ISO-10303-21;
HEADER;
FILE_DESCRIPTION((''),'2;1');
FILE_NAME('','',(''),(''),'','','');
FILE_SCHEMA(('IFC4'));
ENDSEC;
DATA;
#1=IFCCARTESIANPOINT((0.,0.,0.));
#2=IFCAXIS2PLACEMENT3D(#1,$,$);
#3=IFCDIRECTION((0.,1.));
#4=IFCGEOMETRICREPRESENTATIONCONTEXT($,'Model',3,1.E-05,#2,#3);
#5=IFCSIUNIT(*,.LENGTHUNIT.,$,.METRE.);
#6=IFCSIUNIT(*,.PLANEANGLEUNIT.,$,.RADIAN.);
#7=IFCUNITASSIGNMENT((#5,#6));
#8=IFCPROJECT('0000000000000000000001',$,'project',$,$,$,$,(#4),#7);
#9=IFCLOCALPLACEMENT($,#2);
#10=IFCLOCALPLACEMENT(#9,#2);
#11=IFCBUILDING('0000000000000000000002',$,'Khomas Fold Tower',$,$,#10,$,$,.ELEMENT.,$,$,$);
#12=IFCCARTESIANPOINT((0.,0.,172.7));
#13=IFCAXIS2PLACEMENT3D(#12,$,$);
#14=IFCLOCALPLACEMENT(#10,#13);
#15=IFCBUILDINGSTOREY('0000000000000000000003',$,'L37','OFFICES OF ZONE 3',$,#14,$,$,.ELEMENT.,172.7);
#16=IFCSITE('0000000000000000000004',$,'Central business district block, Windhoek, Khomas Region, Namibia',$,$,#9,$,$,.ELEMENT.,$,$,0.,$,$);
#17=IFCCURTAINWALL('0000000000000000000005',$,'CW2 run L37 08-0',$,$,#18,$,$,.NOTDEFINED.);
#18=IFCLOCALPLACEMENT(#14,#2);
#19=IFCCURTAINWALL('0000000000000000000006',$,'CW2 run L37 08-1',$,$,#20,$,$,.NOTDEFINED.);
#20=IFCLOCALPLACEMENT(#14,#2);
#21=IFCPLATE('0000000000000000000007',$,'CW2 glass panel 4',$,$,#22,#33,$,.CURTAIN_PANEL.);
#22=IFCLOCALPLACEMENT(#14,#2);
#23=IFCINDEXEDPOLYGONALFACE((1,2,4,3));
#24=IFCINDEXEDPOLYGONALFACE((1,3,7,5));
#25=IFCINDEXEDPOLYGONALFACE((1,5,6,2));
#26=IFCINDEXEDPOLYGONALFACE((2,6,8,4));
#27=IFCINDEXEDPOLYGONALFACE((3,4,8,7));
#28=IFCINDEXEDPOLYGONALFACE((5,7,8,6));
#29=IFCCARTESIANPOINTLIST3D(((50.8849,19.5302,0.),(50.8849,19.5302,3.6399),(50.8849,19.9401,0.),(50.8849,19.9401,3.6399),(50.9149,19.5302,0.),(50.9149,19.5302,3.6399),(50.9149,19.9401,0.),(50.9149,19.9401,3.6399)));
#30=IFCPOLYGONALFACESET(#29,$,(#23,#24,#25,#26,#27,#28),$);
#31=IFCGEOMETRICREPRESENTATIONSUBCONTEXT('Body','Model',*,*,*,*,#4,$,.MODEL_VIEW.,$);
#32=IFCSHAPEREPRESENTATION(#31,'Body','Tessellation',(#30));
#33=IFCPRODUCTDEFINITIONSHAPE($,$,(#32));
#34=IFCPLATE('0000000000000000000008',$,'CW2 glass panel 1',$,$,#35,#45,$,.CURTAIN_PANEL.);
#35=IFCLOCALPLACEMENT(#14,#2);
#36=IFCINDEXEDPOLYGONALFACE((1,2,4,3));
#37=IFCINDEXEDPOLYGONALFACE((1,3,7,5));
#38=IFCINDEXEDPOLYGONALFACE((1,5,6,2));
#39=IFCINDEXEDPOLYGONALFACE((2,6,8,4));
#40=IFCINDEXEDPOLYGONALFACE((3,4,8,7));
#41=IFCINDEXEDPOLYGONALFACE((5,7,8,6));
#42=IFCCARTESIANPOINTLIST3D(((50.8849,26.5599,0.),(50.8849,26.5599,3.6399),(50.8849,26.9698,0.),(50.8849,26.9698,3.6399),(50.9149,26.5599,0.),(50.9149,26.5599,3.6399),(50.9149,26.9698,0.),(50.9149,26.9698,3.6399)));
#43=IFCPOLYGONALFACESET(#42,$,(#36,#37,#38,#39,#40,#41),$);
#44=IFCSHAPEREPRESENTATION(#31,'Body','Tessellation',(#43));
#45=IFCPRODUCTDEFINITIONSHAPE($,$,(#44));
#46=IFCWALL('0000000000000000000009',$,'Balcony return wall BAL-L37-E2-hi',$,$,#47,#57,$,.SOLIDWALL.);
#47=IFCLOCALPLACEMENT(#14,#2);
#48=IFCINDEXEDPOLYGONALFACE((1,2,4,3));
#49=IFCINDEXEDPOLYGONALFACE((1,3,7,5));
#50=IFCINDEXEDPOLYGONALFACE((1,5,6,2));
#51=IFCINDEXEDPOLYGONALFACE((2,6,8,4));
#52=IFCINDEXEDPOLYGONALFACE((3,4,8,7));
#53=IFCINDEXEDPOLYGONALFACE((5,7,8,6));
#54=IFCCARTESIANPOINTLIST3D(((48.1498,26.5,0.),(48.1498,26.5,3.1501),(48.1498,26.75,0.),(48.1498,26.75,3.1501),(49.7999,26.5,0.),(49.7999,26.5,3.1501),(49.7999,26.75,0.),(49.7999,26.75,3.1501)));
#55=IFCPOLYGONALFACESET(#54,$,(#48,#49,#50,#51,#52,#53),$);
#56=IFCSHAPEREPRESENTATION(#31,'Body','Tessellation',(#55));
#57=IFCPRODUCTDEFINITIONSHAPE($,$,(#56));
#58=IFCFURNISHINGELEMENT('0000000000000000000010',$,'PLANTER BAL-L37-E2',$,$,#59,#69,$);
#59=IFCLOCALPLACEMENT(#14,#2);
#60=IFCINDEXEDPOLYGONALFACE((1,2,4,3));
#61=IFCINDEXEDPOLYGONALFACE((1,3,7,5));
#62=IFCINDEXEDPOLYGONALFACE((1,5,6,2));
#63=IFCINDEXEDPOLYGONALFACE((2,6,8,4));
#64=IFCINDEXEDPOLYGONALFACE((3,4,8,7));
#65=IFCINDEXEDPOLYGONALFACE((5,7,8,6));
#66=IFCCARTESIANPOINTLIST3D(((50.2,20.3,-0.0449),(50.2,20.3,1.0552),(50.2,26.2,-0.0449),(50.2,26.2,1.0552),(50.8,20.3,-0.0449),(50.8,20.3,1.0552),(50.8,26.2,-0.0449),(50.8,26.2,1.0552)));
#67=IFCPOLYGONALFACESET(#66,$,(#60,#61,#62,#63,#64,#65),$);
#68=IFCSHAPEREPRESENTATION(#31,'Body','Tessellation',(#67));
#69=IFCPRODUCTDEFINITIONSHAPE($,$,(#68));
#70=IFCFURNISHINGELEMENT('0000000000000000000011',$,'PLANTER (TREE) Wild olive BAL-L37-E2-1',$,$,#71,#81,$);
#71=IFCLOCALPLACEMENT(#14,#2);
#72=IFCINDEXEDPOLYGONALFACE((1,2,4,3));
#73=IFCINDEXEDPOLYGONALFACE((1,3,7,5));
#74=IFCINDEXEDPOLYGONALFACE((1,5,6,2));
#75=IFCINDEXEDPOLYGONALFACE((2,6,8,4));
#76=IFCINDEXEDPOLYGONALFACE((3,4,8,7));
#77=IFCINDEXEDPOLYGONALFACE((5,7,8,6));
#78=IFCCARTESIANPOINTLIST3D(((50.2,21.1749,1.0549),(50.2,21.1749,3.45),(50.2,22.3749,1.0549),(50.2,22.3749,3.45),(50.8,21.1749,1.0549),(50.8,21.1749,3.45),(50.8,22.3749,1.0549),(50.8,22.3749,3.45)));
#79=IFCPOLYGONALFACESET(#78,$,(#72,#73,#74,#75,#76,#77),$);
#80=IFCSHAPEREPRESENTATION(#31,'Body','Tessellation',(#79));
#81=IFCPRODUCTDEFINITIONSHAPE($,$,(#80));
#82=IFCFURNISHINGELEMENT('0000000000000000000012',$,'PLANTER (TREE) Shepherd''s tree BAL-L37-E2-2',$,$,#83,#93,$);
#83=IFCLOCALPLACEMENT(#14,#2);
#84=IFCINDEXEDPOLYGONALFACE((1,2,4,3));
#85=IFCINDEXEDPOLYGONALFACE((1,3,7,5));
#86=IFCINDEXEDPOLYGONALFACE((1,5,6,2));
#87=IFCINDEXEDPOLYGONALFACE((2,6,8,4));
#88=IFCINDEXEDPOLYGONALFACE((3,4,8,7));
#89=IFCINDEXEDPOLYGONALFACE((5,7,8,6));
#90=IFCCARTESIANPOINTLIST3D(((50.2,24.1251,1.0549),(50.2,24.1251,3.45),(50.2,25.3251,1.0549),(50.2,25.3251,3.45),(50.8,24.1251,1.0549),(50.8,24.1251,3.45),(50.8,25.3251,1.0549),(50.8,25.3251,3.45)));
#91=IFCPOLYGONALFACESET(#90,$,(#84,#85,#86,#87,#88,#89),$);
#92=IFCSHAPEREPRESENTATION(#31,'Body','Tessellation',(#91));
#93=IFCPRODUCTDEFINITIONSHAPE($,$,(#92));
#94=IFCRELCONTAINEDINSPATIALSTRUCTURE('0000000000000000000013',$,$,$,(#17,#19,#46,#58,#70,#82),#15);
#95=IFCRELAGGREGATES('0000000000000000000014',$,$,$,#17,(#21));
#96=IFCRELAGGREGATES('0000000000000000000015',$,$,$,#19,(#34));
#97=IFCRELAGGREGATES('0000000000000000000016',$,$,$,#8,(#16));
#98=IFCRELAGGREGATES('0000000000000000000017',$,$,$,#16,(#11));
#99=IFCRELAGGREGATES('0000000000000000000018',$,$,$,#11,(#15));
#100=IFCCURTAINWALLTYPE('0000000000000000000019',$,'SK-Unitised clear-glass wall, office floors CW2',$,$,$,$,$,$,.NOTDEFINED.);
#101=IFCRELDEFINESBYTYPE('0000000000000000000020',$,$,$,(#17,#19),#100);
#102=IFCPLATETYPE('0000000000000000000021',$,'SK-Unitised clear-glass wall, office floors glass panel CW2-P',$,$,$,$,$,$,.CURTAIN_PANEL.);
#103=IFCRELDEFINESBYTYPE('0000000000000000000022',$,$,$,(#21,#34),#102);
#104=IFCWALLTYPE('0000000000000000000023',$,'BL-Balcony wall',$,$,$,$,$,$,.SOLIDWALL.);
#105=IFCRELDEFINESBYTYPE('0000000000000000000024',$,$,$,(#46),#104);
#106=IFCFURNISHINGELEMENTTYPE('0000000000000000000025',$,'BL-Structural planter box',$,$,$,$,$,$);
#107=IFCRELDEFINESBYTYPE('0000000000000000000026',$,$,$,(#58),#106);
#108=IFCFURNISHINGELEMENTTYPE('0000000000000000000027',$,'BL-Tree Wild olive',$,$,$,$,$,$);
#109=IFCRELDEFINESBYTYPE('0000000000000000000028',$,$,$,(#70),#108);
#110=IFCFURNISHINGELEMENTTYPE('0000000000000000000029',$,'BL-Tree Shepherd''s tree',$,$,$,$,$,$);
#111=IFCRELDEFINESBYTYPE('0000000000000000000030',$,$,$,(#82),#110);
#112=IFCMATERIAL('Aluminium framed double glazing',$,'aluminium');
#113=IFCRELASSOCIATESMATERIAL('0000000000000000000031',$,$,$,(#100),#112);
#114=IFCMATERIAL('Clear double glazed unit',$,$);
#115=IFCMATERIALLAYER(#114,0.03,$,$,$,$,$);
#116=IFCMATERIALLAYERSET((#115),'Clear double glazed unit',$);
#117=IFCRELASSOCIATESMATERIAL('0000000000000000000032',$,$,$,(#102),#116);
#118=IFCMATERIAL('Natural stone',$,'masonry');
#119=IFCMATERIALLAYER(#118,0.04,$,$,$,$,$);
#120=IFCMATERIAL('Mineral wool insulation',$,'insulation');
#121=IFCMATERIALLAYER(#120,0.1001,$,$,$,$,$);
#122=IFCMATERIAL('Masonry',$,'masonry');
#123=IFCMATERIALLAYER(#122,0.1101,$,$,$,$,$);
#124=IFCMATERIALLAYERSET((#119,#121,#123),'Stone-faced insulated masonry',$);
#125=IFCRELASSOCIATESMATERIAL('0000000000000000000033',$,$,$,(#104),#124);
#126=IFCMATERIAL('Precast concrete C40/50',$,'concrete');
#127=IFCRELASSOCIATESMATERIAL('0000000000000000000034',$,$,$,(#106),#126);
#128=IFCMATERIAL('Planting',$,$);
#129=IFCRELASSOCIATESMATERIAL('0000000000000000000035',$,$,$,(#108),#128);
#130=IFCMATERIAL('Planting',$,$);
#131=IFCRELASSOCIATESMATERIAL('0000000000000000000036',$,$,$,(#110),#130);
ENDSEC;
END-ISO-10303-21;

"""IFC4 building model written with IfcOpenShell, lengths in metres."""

from ifc_helpers import new_model, si_unit, direction, frame, frame_2d, origin, origin_2d, place, context, subcontext, project, spatial, rectangle, extrude, source, transform, mapped, material, layer, layer_set, type_object, element, aggregate, save


model = new_model("IFC4")

# Units and contexts
model_context = context("Model", 3, precision=1e-05, world=origin(), true_north=direction((0.0, 1.0)))
body_context = subcontext(model_context, "Body", "Model", "MODEL_VIEW")
ifc_project = project(units=[si_unit("LENGTHUNIT", "METRE"), si_unit("PLANEANGLEUNIT", "RADIAN")], contexts=[model_context])

# Site, building, storey
site_placement = place(None, origin())
site = spatial("IfcSite", under=ifc_project, at=site_placement, Name="Central business district block, Windhoek, Khomas Region, Namibia", CompositionType="ELEMENT", RefElevation=0.0)
building_placement = place(site_placement, origin())
building = spatial("IfcBuilding", under=site, at=building_placement, Name="Khomas Fold Tower", CompositionType="ELEMENT")
storey_placement = place(building_placement, frame((0.0, 0.0, 172.7)))
storey = spatial("IfcBuildingStorey", under=building, at=storey_placement, Name="L37", Description="OFFICES OF ZONE 3", CompositionType="ELEMENT", Elevation=172.7)

# Curtain wall
ifc_material_1 = material(Name="Aluminium framed double glazing", Category="aluminium")
curtain_wall_type = type_object("IfcCurtainWallType", Name="SK-Unitised clear-glass wall, office floors CW2", PredefinedType="NOTDEFINED", material=ifc_material_1)
curtain_wall_1_placement = place(storey_placement, origin())
curtain_wall_1 = element("IfcCurtainWall", 1, at=curtain_wall_1_placement, inside=storey, type_object=curtain_wall_type, Name="CW2 run L37 08-0", PredefinedType="NOTDEFINED")

# Curtain wall
curtain_wall_2_placement = place(storey_placement, origin())
curtain_wall_2 = element("IfcCurtainWall", 2, at=curtain_wall_2_placement, inside=storey, type_object=curtain_wall_type, Name="CW2 run L37 08-1", PredefinedType="NOTDEFINED")

# Plates
ifc_material_2 = material(Name="Clear double glazed unit")
ifc_layer_1 = layer(ifc_material_2, 0.03)
ifc_layer_set_1 = layer_set([ifc_layer_1], Name="Clear double glazed unit")
plate_type = type_object("IfcPlateType", Name="SK-Unitised clear-glass wall, office floors glass panel CW2-P", PredefinedType="CURTAIN_PANEL", material=ifc_layer_set_1)
shared_shape_1 = source(origin(), body_context, "Body", "SweptSolid", [
    extrude(rectangle(XDim=0.4099, YDim=0.03, at=origin_2d()), origin(), (0.0, 0.0, 1.0), 3.6399),
])
plate_1_placement = place(storey_placement, frame((50.8999, 19.7351, 0.0), z_axis=(0.0, 0.0, 1.0), x_axis=(0.0, 1.0, 0.0)))
plate_1 = element("IfcPlate", 3, at=plate_1_placement, type_object=plate_type, Name="CW2 glass panel 4", PredefinedType="CURTAIN_PANEL", context=body_context, shape_type="MappedRepresentation", body=[
    mapped(shared_shape_1, transform((0.0, 0.0, 0.0))),
])
aggregate(curtain_wall_1, [plate_1])
plate_2_placement = place(storey_placement, frame((50.8999, 26.7649, 0.0), z_axis=(0.0, 0.0, 1.0), x_axis=(0.0, 1.0, 0.0)))
plate_2 = element("IfcPlate", 4, at=plate_2_placement, type_object=plate_type, Name="CW2 glass panel 1", PredefinedType="CURTAIN_PANEL", context=body_context, shape_type="MappedRepresentation", body=[
    mapped(shared_shape_1, transform((0.0, 0.0, 0.0))),
])
aggregate(curtain_wall_2, [plate_2])

# Wall
ifc_material_3 = material(Name="Natural stone", Category="masonry")
ifc_layer_2 = layer(ifc_material_3, 0.04)
ifc_material_4 = material(Name="Mineral wool insulation", Category="insulation")
ifc_layer_3 = layer(ifc_material_4, 0.1001)
ifc_material_5 = material(Name="Masonry", Category="masonry")
ifc_layer_4 = layer(ifc_material_5, 0.1101)
ifc_layer_set_2 = layer_set([ifc_layer_2, ifc_layer_3, ifc_layer_4], Name="Stone-faced insulated masonry")
wall_type = type_object("IfcWallType", Name="BL-Balcony wall", PredefinedType="SOLIDWALL", material=ifc_layer_set_2)
shared_shape_2 = source(origin(), body_context, "Body", "SweptSolid", [
    extrude(rectangle(XDim=1.6501, YDim=0.25, at=frame_2d((0.8252, 0.0))), origin(), (0.0, 0.0, 1.0), 3.1501),
])
wall_placement = place(storey_placement, frame((49.8, 26.625, 0.0), z_axis=(0.0, 0.0, 1.0), x_axis=(-1.0, 0.0, 0.0)))
element("IfcWall", 5, at=wall_placement, inside=storey, type_object=wall_type, Name="Balcony return wall BAL-L37-E2-hi", PredefinedType="SOLIDWALL", context=body_context, shape_type="MappedRepresentation", body=[
    mapped(shared_shape_2, transform((0.0, 0.0, 0.0))),
])

# Furnishing elements
ifc_material_6 = material(Name="Precast concrete C40/50", Category="concrete")
furnishing_element_type_1 = type_object("IfcFurnishingElementType", Name="BL-Structural planter box", material=ifc_material_6)
shared_shape_3 = source(origin(), body_context, "Body", "SweptSolid", [
    extrude(rectangle(XDim=5.8999, YDim=0.6001, at=origin_2d()), origin(), (0.0, 0.0, 1.0), 1.1001),
])
furnishing_1_placement = place(storey_placement, frame((50.5, 23.25, -0.0449), z_axis=(0.0, 0.0, 1.0), x_axis=(0.0, 1.0, 0.0)))
element("IfcFurnishingElement", 6, at=furnishing_1_placement, inside=storey, type_object=furnishing_element_type_1, Name="PLANTER BAL-L37-E2", context=body_context, shape_type="MappedRepresentation", body=[
    mapped(shared_shape_3, transform((0.0, 0.0, 0.0))),
])
ifc_material_7 = material(Name="Planting")
furnishing_element_type_2 = type_object("IfcFurnishingElementType", Name="BL-Tree Wild olive", material=ifc_material_7)
shared_shape_4 = source(origin(), body_context, "Body", "SweptSolid", [
    extrude(rectangle(XDim=1.2, YDim=0.6001, at=origin_2d()), origin(), (0.0, 0.0, 1.0), 2.395),
])
furnishing_2_placement = place(storey_placement, frame((50.5, 21.7749, 1.0549), z_axis=(0.0, 0.0, 1.0), x_axis=(0.0, 1.0, 0.0)))
element("IfcFurnishingElement", 7, at=furnishing_2_placement, inside=storey, type_object=furnishing_element_type_2, Name="PLANTER (TREE) Wild olive BAL-L37-E2-1", context=body_context, shape_type="MappedRepresentation", body=[
    mapped(shared_shape_4, transform((0.0, 0.0, 0.0))),
])
ifc_material_8 = material(Name="Planting")
furnishing_element_type_3 = type_object("IfcFurnishingElementType", Name="BL-Tree Shepherd's tree", material=ifc_material_8)
furnishing_3_placement = place(storey_placement, frame((50.5, 24.7251, 1.0549), z_axis=(0.0, 0.0, 1.0), x_axis=(0.0, 1.0, 0.0)))
element("IfcFurnishingElement", 8, at=furnishing_3_placement, inside=storey, type_object=furnishing_element_type_3, Name="PLANTER (TREE) Shepherd's tree BAL-L37-E2-2", context=body_context, shape_type="MappedRepresentation", body=[
    mapped(shared_shape_4, transform((0.0, 0.0, 0.0))),
])

save(model, "model.ifc")
